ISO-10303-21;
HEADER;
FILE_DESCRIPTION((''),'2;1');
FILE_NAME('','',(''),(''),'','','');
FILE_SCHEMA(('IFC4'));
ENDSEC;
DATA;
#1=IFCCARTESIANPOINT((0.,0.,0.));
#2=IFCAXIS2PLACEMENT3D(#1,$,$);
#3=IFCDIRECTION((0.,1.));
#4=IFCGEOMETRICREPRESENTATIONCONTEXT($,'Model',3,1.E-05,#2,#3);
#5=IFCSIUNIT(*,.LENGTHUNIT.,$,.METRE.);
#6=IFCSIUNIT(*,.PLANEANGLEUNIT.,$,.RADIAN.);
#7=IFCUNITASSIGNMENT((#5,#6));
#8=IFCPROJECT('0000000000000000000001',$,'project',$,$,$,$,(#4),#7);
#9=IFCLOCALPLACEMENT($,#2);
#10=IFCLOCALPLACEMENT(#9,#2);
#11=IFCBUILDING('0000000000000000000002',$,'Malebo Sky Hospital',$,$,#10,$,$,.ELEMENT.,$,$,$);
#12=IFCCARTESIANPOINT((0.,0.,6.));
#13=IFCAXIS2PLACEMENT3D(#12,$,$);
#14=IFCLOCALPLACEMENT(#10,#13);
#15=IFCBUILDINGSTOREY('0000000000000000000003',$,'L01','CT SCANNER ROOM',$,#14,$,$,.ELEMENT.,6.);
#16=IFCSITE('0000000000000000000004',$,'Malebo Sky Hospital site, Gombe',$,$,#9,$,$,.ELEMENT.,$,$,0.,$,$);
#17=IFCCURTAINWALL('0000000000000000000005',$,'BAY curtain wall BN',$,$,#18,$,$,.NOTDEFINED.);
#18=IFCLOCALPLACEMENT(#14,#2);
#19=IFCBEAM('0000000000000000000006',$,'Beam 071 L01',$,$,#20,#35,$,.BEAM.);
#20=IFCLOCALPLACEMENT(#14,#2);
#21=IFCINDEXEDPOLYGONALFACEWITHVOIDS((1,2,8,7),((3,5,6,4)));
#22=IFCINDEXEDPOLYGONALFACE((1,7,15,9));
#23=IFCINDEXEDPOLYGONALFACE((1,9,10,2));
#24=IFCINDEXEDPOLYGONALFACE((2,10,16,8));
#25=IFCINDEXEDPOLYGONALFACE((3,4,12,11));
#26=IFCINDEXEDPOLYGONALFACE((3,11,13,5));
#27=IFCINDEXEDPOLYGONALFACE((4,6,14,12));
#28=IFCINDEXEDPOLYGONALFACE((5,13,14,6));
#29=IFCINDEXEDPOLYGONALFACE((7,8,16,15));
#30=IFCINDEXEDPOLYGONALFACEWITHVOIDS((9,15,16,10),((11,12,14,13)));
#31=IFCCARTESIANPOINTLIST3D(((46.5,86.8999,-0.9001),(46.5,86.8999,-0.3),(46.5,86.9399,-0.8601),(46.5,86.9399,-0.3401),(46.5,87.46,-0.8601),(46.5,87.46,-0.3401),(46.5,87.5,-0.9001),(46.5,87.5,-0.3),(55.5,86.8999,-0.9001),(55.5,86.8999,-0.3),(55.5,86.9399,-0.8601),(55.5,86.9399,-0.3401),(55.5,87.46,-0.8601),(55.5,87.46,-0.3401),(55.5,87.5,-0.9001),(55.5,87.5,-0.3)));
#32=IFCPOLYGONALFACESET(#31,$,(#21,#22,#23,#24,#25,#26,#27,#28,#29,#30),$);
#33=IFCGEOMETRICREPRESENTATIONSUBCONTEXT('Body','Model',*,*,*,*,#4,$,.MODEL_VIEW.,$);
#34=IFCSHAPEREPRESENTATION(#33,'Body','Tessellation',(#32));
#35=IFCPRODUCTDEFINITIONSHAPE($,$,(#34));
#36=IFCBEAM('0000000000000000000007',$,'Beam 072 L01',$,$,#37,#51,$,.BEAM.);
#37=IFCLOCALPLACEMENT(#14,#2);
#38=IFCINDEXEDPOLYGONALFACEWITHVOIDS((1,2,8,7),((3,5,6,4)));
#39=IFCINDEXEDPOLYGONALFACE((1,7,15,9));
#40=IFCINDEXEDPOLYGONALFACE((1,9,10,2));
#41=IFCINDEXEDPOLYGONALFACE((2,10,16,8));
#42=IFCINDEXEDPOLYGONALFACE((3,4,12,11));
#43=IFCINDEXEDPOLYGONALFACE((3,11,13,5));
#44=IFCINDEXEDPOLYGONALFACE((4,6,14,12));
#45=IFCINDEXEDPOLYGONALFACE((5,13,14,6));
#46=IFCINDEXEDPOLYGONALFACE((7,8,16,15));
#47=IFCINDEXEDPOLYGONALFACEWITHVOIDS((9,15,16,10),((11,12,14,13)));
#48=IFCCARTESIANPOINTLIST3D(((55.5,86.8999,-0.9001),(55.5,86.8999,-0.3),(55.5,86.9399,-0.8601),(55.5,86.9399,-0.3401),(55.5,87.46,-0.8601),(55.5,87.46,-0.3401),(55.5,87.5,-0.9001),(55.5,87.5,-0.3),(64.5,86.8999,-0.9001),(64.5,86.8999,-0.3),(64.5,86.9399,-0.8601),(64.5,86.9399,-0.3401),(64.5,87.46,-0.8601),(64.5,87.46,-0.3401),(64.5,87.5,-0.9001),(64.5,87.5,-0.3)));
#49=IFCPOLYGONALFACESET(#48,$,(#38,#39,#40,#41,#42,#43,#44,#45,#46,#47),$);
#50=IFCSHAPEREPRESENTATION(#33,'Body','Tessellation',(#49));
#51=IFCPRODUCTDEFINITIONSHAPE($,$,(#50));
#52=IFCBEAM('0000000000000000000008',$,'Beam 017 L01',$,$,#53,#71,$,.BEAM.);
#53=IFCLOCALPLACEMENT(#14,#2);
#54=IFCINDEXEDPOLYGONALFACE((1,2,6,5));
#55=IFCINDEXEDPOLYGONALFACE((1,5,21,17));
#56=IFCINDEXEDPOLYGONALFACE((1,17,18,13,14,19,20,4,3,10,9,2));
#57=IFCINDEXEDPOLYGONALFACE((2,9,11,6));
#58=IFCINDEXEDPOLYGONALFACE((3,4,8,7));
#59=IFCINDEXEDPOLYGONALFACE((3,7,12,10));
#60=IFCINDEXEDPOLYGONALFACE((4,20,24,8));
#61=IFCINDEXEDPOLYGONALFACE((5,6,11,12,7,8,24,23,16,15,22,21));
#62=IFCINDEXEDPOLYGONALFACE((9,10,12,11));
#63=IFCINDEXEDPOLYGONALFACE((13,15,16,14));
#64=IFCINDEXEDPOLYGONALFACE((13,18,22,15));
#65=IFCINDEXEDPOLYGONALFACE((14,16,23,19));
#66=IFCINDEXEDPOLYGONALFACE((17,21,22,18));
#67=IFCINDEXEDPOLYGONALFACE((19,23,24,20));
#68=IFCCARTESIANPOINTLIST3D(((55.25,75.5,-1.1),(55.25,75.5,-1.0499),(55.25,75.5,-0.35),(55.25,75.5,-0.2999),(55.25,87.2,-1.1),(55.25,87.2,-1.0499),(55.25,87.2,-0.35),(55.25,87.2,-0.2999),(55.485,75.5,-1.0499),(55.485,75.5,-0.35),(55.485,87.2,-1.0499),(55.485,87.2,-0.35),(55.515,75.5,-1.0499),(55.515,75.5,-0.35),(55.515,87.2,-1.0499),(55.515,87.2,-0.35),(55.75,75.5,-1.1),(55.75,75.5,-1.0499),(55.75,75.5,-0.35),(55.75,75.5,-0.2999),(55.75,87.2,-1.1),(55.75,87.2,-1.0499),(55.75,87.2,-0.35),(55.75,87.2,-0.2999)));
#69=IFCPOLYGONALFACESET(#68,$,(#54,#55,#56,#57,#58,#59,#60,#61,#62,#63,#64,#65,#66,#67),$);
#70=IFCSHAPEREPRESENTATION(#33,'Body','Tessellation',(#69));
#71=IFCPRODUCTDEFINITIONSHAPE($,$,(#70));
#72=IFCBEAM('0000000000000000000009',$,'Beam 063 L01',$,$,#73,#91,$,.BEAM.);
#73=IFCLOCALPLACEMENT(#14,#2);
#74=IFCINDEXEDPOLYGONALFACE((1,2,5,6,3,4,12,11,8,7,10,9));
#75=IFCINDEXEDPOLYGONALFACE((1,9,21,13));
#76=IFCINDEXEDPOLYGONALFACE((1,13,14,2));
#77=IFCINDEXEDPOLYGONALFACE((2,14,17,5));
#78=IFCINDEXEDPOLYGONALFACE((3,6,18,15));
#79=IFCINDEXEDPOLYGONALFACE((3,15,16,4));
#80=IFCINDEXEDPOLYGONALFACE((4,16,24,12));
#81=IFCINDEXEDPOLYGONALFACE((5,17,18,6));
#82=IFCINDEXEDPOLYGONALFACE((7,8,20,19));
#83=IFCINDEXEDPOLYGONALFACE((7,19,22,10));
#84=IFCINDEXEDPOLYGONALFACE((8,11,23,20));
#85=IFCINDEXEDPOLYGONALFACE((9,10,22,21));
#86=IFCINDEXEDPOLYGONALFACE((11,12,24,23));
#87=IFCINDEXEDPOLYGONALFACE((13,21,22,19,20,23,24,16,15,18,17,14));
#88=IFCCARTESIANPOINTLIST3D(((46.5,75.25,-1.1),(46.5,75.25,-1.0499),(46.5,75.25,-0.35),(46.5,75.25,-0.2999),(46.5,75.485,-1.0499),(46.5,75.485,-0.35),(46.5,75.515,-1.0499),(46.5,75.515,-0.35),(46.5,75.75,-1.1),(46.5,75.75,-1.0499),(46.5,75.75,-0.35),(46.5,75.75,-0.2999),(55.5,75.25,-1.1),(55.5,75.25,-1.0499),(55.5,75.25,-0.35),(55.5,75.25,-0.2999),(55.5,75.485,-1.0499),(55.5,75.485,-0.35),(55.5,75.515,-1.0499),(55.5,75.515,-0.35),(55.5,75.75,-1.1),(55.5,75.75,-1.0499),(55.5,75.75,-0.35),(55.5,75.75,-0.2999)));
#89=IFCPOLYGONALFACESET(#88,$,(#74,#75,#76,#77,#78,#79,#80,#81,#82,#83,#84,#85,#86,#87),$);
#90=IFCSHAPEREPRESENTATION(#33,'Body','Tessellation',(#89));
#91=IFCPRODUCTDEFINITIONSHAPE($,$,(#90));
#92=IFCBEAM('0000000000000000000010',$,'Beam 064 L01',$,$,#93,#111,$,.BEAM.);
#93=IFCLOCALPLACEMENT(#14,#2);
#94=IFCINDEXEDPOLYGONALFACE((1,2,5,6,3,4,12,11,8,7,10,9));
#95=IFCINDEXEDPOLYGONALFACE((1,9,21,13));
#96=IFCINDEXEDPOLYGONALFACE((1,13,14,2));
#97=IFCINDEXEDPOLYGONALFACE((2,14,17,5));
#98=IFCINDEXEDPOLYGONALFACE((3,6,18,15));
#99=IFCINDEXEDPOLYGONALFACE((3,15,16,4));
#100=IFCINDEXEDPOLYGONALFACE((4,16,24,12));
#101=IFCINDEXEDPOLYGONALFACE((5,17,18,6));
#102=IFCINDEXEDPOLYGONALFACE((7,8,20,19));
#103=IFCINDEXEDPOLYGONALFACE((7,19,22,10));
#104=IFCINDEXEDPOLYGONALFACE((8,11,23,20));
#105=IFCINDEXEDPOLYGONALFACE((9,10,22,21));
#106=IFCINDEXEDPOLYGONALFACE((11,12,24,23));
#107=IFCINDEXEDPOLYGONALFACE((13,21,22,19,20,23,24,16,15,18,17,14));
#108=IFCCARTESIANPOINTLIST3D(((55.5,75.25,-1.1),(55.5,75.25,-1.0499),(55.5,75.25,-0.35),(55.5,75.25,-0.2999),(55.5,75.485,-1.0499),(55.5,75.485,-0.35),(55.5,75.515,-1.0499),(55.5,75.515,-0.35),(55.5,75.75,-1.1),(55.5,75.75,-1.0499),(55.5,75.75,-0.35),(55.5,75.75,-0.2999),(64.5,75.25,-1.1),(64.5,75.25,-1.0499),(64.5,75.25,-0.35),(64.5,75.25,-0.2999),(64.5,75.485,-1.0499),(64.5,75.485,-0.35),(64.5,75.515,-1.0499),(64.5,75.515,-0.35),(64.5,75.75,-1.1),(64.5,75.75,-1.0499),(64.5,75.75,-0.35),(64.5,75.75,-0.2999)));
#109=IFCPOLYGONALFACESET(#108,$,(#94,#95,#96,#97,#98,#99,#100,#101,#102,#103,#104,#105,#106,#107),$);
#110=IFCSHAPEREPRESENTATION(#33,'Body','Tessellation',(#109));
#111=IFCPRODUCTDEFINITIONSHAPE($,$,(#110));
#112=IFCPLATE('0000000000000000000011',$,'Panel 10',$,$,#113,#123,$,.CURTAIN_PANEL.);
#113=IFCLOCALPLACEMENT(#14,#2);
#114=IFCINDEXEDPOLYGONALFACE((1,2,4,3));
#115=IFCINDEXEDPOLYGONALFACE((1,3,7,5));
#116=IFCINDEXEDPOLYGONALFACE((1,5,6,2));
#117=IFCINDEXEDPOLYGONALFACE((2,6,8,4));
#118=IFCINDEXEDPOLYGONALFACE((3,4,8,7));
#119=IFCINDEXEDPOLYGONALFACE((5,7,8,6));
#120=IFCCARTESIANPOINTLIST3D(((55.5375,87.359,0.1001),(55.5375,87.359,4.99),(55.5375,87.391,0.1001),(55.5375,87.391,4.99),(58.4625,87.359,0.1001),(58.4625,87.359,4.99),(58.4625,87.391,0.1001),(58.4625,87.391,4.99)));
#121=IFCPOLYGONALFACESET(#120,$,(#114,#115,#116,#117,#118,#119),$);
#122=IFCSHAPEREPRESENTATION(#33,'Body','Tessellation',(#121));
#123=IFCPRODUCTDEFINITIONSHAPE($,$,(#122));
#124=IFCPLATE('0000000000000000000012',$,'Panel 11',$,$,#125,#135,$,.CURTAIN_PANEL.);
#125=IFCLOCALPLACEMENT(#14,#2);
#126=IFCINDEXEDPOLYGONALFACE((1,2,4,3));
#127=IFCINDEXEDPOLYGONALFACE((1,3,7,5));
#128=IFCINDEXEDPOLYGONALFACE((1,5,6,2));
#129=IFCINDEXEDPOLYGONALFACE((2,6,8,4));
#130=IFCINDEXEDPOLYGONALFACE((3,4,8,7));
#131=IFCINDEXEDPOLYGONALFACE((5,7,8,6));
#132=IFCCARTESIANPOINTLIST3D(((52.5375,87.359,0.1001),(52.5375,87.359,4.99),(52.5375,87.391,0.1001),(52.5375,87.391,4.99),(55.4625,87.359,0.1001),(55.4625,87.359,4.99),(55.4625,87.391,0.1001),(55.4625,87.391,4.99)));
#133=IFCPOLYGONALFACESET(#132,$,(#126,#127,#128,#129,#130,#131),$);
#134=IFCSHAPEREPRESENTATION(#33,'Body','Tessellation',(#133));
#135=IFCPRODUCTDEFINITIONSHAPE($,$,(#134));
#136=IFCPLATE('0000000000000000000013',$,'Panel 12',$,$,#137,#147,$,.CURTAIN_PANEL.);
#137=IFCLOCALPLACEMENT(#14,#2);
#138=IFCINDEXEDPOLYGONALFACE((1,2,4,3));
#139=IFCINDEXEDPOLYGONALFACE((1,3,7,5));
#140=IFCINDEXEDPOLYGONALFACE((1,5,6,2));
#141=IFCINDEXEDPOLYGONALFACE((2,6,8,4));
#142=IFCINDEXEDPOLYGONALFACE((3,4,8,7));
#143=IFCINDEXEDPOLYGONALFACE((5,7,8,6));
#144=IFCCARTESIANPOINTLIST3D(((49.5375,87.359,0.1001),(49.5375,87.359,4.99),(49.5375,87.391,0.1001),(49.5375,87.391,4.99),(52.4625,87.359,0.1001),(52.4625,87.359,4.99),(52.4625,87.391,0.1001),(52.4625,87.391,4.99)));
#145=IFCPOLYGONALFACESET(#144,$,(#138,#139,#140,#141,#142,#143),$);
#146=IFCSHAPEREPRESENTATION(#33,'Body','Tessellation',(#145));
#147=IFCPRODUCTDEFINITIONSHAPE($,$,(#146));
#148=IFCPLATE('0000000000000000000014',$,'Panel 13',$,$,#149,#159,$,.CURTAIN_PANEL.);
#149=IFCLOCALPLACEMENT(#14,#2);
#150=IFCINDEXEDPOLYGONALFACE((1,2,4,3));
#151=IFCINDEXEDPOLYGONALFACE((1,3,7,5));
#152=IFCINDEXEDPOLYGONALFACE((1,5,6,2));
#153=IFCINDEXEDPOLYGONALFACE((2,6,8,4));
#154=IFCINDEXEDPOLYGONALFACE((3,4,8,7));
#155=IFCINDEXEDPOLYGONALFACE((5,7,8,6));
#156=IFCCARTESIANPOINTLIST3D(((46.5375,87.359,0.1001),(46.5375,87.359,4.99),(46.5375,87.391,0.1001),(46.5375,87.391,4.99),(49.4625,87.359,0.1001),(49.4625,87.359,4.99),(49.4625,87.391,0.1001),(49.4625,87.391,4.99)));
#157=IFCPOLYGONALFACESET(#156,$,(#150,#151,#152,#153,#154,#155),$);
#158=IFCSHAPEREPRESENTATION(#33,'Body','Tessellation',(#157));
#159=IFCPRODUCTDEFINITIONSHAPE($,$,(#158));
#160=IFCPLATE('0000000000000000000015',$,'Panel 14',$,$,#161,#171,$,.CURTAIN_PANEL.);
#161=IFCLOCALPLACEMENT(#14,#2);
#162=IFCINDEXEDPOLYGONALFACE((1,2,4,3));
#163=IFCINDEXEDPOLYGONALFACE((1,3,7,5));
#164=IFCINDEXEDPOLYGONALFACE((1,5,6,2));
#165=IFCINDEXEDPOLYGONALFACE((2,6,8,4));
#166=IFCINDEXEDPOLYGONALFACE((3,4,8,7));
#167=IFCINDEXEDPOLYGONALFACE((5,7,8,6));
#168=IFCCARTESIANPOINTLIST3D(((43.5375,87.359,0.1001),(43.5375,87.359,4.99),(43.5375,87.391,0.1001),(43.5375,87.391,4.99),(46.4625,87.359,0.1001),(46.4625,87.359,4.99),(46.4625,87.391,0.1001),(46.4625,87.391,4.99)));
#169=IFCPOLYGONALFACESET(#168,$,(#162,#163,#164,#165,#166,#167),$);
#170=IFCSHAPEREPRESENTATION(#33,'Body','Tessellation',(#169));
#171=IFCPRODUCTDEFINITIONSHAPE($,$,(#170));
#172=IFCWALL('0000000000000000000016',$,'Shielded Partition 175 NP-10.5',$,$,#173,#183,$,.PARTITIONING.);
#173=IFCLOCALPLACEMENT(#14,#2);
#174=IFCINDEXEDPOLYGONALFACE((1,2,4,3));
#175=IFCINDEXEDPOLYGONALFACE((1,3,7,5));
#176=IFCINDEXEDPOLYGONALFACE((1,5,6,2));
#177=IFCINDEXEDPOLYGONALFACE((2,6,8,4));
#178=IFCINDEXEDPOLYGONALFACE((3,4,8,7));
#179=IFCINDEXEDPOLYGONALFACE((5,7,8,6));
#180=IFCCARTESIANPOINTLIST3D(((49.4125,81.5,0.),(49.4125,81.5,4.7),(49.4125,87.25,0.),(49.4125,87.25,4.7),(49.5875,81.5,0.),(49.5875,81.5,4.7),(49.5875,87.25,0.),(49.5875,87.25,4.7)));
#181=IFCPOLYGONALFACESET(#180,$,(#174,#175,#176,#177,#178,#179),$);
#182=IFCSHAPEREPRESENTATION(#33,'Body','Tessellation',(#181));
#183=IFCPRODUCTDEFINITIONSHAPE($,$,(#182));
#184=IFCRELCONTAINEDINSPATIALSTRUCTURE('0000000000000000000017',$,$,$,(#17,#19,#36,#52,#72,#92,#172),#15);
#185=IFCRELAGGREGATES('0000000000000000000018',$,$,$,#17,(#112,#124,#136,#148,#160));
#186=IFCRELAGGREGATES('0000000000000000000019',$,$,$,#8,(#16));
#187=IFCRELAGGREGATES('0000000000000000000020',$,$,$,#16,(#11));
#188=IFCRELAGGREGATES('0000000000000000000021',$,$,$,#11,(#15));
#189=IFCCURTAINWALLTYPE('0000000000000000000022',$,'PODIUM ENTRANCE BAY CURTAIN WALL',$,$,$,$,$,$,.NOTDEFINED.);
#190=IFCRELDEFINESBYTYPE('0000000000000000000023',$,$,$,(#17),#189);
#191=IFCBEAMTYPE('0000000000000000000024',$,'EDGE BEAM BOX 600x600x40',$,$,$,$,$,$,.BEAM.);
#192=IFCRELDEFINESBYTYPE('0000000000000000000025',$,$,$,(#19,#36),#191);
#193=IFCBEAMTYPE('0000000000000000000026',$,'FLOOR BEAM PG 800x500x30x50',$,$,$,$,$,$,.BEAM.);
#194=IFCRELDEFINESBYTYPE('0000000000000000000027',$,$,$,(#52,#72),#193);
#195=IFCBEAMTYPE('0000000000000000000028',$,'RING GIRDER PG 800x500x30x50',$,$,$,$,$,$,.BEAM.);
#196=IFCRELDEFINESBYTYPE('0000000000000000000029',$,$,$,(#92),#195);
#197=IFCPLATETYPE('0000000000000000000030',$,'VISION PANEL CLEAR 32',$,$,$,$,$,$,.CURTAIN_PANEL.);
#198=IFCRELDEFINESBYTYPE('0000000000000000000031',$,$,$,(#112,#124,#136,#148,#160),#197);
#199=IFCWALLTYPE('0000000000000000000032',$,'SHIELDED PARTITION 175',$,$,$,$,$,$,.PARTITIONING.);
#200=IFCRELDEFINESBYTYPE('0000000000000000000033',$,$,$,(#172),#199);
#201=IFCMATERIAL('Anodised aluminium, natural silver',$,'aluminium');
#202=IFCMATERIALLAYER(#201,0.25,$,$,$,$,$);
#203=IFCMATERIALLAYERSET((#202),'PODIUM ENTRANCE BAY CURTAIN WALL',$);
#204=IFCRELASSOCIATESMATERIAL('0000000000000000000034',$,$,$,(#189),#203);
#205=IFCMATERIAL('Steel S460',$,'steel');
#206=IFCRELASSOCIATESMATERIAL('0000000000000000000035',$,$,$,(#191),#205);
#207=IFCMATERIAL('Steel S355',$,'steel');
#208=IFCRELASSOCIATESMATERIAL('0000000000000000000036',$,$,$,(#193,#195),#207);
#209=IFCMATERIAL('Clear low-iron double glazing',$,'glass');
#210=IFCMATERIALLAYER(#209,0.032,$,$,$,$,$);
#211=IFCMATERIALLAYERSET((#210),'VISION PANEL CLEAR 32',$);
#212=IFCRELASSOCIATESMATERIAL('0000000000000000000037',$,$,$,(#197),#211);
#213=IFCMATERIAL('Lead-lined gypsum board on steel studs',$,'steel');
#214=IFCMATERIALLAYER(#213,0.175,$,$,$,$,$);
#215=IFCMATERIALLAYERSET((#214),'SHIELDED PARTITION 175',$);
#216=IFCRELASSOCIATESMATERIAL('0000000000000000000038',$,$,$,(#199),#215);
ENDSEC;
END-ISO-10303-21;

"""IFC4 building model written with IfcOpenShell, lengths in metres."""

from ifc_helpers import new_model, si_unit, direction, frame, frame_2d, origin, origin_2d, place, context, subcontext, project, spatial, rectangle, hollow_rectangle, i_section, extrude, material, layer, layer_set, material_profile, profile_set, type_object, element, aggregate, save


model = new_model("IFC4")

# Units and contexts
model_context = context("Model", 3, precision=1e-05, world=origin(), true_north=direction((0.0, 1.0)))
body_context = subcontext(model_context, "Body", "Model", "MODEL_VIEW")
ifc_project = project(units=[si_unit("LENGTHUNIT", "METRE"), si_unit("PLANEANGLEUNIT", "RADIAN")], contexts=[model_context])

# Site, building, storey
site_placement = place(None, origin())
site = spatial("IfcSite", under=ifc_project, at=site_placement, Name="Malebo Sky Hospital site, Gombe", CompositionType="ELEMENT", RefElevation=0.0)
building_placement = place(site_placement, origin())
building = spatial("IfcBuilding", under=site, at=building_placement, Name="Malebo Sky Hospital", CompositionType="ELEMENT")
storey_placement = place(building_placement, frame((0.0, 0.0, 6.0)))
storey = spatial("IfcBuildingStorey", under=building, at=storey_placement, Name="L01", Description="CT SCANNER ROOM", CompositionType="ELEMENT", Elevation=6.0)

# Shared definitions
ifc_material_1 = material(Name="Steel S460", Category="steel")

# Curtain wall
ifc_material_2 = material(Name="Anodised aluminium, natural silver", Category="aluminium")
ifc_layer_1 = layer(ifc_material_2, 0.25)
ifc_layer_set_1 = layer_set([ifc_layer_1], Name="PODIUM ENTRANCE BAY CURTAIN WALL")
curtain_wall_type = type_object("IfcCurtainWallType", Name="PODIUM ENTRANCE BAY CURTAIN WALL", PredefinedType="NOTDEFINED", material=ifc_layer_set_1)
curtain_wall_placement = place(storey_placement, origin())
curtain_wall = element("IfcCurtainWall", 1, at=curtain_wall_placement, inside=storey, type_object=curtain_wall_type, Name="BAY curtain wall BN", PredefinedType="NOTDEFINED")

# Beams
ifc_material_profile_1 = material_profile(ifc_material_1, hollow_rectangle(XDim=0.6001, YDim=0.6001, WallThickness=0.04, at=origin_2d()), Name="BOX 600x600x40")
ifc_profile_set_1 = profile_set([ifc_material_profile_1], Name="Steel S460")
beam_type_1 = type_object("IfcBeamType", Name="EDGE BEAM BOX 600x600x40", PredefinedType="BEAM", material=ifc_profile_set_1)
for number, where, z_axis, x_axis, name in (
    (2, (46.5, 87.2, -0.6001), (1.0, 0.0, 0.0), (0.0, 1.0, 0.0), "Beam 071 L01"),
    (3, (55.5, 87.2, -0.6001), (1.0, 0.0, 0.0), (0.0, 1.0, 0.0), "Beam 072 L01"),
):
    element("IfcBeam", number, at=place(storey_placement, frame(where, z_axis=z_axis, x_axis=x_axis)), inside=storey, type_object=beam_type_1, Name=name, PredefinedType="BEAM", context=body_context, shape_type="SweptSolid", body=[
        extrude(hollow_rectangle(XDim=0.6001, YDim=0.6001, WallThickness=0.04, at=origin_2d()), origin(), (0.0, 0.0, 1.0), 9.0),
    ])
ifc_material_3 = material(Name="Steel S355", Category="steel")
ifc_material_profile_2 = material_profile(ifc_material_3, i_section(OverallWidth=0.5, OverallDepth=0.8, WebThickness=0.03, FlangeThickness=0.05, at=origin_2d()), Name="PG 800x500x30x50")
ifc_profile_set_2 = profile_set([ifc_material_profile_2], Name="Steel S355")
beam_type_2 = type_object("IfcBeamType", Name="FLOOR BEAM PG 800x500x30x50", PredefinedType="BEAM", material=ifc_profile_set_2)
beam_1_placement = place(storey_placement, frame((55.5, 75.5, -0.7), z_axis=(0.0, 1.0, 0.0), x_axis=(-1.0, 0.0, 0.0)))
element("IfcBeam", 4, at=beam_1_placement, inside=storey, type_object=beam_type_2, Name="Beam 017 L01", PredefinedType="BEAM", context=body_context, shape_type="SweptSolid", body=[
    extrude(i_section(OverallWidth=0.5, OverallDepth=0.8, WebThickness=0.03, FlangeThickness=0.05, at=origin_2d()), origin(), (0.0, 0.0, 1.0), 11.7),
])
beam_2_placement = place(storey_placement, frame((46.5, 75.5, -0.7), z_axis=(1.0, 0.0, 0.0), x_axis=(0.0, 1.0, 0.0)))
element("IfcBeam", 5, at=beam_2_placement, inside=storey, type_object=beam_type_2, Name="Beam 063 L01", PredefinedType="BEAM", context=body_context, shape_type="SweptSolid", body=[
    extrude(i_section(OverallWidth=0.5, OverallDepth=0.8, WebThickness=0.03, FlangeThickness=0.05, at=origin_2d()), origin(), (0.0, 0.0, 1.0), 9.0),
])
ifc_material_profile_3 = material_profile(ifc_material_3, i_section(OverallWidth=0.5, OverallDepth=0.8, WebThickness=0.03, FlangeThickness=0.05, at=origin_2d()), Name="PG 800x500x30x50")
ifc_profile_set_3 = profile_set([ifc_material_profile_3], Name="Steel S355")
beam_type_3 = type_object("IfcBeamType", Name="RING GIRDER PG 800x500x30x50", PredefinedType="BEAM", material=ifc_profile_set_3)
beam_3_placement = place(storey_placement, frame((55.5, 75.5, -0.7), z_axis=(1.0, 0.0, 0.0), x_axis=(0.0, 1.0, 0.0)))
element("IfcBeam", 6, at=beam_3_placement, inside=storey, type_object=beam_type_3, Name="Beam 064 L01", PredefinedType="BEAM", context=body_context, shape_type="SweptSolid", body=[
    extrude(i_section(OverallWidth=0.5, OverallDepth=0.8, WebThickness=0.03, FlangeThickness=0.05, at=origin_2d()), origin(), (0.0, 0.0, 1.0), 9.0),
])

# Plates
ifc_material_4 = material(Name="Clear low-iron double glazing", Category="glass")
ifc_layer_2 = layer(ifc_material_4, 0.032)
ifc_layer_set_2 = layer_set([ifc_layer_2], Name="VISION PANEL CLEAR 32")
plate_type = type_object("IfcPlateType", Name="VISION PANEL CLEAR 32", PredefinedType="CURTAIN_PANEL", material=ifc_layer_set_2)
plate_1_placement = place(storey_placement, frame((57.0, 87.375, 0.1001), z_axis=(0.0, 0.0, 1.0), x_axis=(-1.0, 0.0, 0.0)))
plate_1 = element("IfcPlate", 7, at=plate_1_placement, type_object=plate_type, Name="Panel 10", PredefinedType="CURTAIN_PANEL", context=body_context, shape_type="SweptSolid", body=[
    extrude(rectangle(XDim=2.925, YDim=0.032, at=origin_2d()), origin(), (0.0, 0.0, 1.0), 4.8899),
])
plate_2_placement = place(storey_placement, frame((54.0, 87.375, 0.1001), z_axis=(0.0, 0.0, 1.0), x_axis=(-1.0, 0.0, 0.0)))
plate_2 = element("IfcPlate", 8, at=plate_2_placement, type_object=plate_type, Name="Panel 11", PredefinedType="CURTAIN_PANEL", context=body_context, shape_type="SweptSolid", body=[
    extrude(rectangle(XDim=2.925, YDim=0.032, at=origin_2d()), origin(), (0.0, 0.0, 1.0), 4.8899),
])
plate_3_placement = place(storey_placement, frame((51.0, 87.375, 0.1001), z_axis=(0.0, 0.0, 1.0), x_axis=(-1.0, 0.0, 0.0)))
plate_3 = element("IfcPlate", 9, at=plate_3_placement, type_object=plate_type, Name="Panel 12", PredefinedType="CURTAIN_PANEL", context=body_context, shape_type="SweptSolid", body=[
    extrude(rectangle(XDim=2.925, YDim=0.032, at=origin_2d()), origin(), (0.0, 0.0, 1.0), 4.8899),
])
plate_4_placement = place(storey_placement, frame((48.0, 87.375, 0.1001), z_axis=(0.0, 0.0, 1.0), x_axis=(-1.0, 0.0, 0.0)))
plate_4 = element("IfcPlate", 10, at=plate_4_placement, type_object=plate_type, Name="Panel 13", PredefinedType="CURTAIN_PANEL", context=body_context, shape_type="SweptSolid", body=[
    extrude(rectangle(XDim=2.925, YDim=0.032, at=origin_2d()), origin(), (0.0, 0.0, 1.0), 4.8899),
])
plate_5_placement = place(storey_placement, frame((45.0, 87.375, 0.1001), z_axis=(0.0, 0.0, 1.0), x_axis=(-1.0, 0.0, 0.0)))
plate_5 = element("IfcPlate", 11, at=plate_5_placement, type_object=plate_type, Name="Panel 14", PredefinedType="CURTAIN_PANEL", context=body_context, shape_type="SweptSolid", body=[
    extrude(rectangle(XDim=2.925, YDim=0.032, at=origin_2d()), origin(), (0.0, 0.0, 1.0), 4.8899),
])
aggregate(curtain_wall, [plate_1, plate_2, plate_3, plate_4, plate_5])

# Wall
ifc_material_5 = material(Name="Lead-lined gypsum board on steel studs", Category="steel")
ifc_layer_3 = layer(ifc_material_5, 0.175)
ifc_layer_set_3 = layer_set([ifc_layer_3], Name="SHIELDED PARTITION 175")
wall_type = type_object("IfcWallType", Name="SHIELDED PARTITION 175", PredefinedType="PARTITIONING", material=ifc_layer_set_3)
wall_1_placement = place(storey_placement, frame((49.5, 81.5, 0.0), z_axis=(0.0, 0.0, 1.0), x_axis=(0.0, 1.0, 0.0)))
element("IfcWall", 12, at=wall_1_placement, inside=storey, type_object=wall_type, Name="Shielded Partition 175 NP-10.5", PredefinedType="PARTITIONING", context=body_context, shape_type="SweptSolid", body=[
    extrude(rectangle(XDim=5.75, YDim=0.175, at=frame_2d((2.875, 0.0))), origin(), (0.0, 0.0, 1.0), 4.7),
])

save(model, "model.ifc")
